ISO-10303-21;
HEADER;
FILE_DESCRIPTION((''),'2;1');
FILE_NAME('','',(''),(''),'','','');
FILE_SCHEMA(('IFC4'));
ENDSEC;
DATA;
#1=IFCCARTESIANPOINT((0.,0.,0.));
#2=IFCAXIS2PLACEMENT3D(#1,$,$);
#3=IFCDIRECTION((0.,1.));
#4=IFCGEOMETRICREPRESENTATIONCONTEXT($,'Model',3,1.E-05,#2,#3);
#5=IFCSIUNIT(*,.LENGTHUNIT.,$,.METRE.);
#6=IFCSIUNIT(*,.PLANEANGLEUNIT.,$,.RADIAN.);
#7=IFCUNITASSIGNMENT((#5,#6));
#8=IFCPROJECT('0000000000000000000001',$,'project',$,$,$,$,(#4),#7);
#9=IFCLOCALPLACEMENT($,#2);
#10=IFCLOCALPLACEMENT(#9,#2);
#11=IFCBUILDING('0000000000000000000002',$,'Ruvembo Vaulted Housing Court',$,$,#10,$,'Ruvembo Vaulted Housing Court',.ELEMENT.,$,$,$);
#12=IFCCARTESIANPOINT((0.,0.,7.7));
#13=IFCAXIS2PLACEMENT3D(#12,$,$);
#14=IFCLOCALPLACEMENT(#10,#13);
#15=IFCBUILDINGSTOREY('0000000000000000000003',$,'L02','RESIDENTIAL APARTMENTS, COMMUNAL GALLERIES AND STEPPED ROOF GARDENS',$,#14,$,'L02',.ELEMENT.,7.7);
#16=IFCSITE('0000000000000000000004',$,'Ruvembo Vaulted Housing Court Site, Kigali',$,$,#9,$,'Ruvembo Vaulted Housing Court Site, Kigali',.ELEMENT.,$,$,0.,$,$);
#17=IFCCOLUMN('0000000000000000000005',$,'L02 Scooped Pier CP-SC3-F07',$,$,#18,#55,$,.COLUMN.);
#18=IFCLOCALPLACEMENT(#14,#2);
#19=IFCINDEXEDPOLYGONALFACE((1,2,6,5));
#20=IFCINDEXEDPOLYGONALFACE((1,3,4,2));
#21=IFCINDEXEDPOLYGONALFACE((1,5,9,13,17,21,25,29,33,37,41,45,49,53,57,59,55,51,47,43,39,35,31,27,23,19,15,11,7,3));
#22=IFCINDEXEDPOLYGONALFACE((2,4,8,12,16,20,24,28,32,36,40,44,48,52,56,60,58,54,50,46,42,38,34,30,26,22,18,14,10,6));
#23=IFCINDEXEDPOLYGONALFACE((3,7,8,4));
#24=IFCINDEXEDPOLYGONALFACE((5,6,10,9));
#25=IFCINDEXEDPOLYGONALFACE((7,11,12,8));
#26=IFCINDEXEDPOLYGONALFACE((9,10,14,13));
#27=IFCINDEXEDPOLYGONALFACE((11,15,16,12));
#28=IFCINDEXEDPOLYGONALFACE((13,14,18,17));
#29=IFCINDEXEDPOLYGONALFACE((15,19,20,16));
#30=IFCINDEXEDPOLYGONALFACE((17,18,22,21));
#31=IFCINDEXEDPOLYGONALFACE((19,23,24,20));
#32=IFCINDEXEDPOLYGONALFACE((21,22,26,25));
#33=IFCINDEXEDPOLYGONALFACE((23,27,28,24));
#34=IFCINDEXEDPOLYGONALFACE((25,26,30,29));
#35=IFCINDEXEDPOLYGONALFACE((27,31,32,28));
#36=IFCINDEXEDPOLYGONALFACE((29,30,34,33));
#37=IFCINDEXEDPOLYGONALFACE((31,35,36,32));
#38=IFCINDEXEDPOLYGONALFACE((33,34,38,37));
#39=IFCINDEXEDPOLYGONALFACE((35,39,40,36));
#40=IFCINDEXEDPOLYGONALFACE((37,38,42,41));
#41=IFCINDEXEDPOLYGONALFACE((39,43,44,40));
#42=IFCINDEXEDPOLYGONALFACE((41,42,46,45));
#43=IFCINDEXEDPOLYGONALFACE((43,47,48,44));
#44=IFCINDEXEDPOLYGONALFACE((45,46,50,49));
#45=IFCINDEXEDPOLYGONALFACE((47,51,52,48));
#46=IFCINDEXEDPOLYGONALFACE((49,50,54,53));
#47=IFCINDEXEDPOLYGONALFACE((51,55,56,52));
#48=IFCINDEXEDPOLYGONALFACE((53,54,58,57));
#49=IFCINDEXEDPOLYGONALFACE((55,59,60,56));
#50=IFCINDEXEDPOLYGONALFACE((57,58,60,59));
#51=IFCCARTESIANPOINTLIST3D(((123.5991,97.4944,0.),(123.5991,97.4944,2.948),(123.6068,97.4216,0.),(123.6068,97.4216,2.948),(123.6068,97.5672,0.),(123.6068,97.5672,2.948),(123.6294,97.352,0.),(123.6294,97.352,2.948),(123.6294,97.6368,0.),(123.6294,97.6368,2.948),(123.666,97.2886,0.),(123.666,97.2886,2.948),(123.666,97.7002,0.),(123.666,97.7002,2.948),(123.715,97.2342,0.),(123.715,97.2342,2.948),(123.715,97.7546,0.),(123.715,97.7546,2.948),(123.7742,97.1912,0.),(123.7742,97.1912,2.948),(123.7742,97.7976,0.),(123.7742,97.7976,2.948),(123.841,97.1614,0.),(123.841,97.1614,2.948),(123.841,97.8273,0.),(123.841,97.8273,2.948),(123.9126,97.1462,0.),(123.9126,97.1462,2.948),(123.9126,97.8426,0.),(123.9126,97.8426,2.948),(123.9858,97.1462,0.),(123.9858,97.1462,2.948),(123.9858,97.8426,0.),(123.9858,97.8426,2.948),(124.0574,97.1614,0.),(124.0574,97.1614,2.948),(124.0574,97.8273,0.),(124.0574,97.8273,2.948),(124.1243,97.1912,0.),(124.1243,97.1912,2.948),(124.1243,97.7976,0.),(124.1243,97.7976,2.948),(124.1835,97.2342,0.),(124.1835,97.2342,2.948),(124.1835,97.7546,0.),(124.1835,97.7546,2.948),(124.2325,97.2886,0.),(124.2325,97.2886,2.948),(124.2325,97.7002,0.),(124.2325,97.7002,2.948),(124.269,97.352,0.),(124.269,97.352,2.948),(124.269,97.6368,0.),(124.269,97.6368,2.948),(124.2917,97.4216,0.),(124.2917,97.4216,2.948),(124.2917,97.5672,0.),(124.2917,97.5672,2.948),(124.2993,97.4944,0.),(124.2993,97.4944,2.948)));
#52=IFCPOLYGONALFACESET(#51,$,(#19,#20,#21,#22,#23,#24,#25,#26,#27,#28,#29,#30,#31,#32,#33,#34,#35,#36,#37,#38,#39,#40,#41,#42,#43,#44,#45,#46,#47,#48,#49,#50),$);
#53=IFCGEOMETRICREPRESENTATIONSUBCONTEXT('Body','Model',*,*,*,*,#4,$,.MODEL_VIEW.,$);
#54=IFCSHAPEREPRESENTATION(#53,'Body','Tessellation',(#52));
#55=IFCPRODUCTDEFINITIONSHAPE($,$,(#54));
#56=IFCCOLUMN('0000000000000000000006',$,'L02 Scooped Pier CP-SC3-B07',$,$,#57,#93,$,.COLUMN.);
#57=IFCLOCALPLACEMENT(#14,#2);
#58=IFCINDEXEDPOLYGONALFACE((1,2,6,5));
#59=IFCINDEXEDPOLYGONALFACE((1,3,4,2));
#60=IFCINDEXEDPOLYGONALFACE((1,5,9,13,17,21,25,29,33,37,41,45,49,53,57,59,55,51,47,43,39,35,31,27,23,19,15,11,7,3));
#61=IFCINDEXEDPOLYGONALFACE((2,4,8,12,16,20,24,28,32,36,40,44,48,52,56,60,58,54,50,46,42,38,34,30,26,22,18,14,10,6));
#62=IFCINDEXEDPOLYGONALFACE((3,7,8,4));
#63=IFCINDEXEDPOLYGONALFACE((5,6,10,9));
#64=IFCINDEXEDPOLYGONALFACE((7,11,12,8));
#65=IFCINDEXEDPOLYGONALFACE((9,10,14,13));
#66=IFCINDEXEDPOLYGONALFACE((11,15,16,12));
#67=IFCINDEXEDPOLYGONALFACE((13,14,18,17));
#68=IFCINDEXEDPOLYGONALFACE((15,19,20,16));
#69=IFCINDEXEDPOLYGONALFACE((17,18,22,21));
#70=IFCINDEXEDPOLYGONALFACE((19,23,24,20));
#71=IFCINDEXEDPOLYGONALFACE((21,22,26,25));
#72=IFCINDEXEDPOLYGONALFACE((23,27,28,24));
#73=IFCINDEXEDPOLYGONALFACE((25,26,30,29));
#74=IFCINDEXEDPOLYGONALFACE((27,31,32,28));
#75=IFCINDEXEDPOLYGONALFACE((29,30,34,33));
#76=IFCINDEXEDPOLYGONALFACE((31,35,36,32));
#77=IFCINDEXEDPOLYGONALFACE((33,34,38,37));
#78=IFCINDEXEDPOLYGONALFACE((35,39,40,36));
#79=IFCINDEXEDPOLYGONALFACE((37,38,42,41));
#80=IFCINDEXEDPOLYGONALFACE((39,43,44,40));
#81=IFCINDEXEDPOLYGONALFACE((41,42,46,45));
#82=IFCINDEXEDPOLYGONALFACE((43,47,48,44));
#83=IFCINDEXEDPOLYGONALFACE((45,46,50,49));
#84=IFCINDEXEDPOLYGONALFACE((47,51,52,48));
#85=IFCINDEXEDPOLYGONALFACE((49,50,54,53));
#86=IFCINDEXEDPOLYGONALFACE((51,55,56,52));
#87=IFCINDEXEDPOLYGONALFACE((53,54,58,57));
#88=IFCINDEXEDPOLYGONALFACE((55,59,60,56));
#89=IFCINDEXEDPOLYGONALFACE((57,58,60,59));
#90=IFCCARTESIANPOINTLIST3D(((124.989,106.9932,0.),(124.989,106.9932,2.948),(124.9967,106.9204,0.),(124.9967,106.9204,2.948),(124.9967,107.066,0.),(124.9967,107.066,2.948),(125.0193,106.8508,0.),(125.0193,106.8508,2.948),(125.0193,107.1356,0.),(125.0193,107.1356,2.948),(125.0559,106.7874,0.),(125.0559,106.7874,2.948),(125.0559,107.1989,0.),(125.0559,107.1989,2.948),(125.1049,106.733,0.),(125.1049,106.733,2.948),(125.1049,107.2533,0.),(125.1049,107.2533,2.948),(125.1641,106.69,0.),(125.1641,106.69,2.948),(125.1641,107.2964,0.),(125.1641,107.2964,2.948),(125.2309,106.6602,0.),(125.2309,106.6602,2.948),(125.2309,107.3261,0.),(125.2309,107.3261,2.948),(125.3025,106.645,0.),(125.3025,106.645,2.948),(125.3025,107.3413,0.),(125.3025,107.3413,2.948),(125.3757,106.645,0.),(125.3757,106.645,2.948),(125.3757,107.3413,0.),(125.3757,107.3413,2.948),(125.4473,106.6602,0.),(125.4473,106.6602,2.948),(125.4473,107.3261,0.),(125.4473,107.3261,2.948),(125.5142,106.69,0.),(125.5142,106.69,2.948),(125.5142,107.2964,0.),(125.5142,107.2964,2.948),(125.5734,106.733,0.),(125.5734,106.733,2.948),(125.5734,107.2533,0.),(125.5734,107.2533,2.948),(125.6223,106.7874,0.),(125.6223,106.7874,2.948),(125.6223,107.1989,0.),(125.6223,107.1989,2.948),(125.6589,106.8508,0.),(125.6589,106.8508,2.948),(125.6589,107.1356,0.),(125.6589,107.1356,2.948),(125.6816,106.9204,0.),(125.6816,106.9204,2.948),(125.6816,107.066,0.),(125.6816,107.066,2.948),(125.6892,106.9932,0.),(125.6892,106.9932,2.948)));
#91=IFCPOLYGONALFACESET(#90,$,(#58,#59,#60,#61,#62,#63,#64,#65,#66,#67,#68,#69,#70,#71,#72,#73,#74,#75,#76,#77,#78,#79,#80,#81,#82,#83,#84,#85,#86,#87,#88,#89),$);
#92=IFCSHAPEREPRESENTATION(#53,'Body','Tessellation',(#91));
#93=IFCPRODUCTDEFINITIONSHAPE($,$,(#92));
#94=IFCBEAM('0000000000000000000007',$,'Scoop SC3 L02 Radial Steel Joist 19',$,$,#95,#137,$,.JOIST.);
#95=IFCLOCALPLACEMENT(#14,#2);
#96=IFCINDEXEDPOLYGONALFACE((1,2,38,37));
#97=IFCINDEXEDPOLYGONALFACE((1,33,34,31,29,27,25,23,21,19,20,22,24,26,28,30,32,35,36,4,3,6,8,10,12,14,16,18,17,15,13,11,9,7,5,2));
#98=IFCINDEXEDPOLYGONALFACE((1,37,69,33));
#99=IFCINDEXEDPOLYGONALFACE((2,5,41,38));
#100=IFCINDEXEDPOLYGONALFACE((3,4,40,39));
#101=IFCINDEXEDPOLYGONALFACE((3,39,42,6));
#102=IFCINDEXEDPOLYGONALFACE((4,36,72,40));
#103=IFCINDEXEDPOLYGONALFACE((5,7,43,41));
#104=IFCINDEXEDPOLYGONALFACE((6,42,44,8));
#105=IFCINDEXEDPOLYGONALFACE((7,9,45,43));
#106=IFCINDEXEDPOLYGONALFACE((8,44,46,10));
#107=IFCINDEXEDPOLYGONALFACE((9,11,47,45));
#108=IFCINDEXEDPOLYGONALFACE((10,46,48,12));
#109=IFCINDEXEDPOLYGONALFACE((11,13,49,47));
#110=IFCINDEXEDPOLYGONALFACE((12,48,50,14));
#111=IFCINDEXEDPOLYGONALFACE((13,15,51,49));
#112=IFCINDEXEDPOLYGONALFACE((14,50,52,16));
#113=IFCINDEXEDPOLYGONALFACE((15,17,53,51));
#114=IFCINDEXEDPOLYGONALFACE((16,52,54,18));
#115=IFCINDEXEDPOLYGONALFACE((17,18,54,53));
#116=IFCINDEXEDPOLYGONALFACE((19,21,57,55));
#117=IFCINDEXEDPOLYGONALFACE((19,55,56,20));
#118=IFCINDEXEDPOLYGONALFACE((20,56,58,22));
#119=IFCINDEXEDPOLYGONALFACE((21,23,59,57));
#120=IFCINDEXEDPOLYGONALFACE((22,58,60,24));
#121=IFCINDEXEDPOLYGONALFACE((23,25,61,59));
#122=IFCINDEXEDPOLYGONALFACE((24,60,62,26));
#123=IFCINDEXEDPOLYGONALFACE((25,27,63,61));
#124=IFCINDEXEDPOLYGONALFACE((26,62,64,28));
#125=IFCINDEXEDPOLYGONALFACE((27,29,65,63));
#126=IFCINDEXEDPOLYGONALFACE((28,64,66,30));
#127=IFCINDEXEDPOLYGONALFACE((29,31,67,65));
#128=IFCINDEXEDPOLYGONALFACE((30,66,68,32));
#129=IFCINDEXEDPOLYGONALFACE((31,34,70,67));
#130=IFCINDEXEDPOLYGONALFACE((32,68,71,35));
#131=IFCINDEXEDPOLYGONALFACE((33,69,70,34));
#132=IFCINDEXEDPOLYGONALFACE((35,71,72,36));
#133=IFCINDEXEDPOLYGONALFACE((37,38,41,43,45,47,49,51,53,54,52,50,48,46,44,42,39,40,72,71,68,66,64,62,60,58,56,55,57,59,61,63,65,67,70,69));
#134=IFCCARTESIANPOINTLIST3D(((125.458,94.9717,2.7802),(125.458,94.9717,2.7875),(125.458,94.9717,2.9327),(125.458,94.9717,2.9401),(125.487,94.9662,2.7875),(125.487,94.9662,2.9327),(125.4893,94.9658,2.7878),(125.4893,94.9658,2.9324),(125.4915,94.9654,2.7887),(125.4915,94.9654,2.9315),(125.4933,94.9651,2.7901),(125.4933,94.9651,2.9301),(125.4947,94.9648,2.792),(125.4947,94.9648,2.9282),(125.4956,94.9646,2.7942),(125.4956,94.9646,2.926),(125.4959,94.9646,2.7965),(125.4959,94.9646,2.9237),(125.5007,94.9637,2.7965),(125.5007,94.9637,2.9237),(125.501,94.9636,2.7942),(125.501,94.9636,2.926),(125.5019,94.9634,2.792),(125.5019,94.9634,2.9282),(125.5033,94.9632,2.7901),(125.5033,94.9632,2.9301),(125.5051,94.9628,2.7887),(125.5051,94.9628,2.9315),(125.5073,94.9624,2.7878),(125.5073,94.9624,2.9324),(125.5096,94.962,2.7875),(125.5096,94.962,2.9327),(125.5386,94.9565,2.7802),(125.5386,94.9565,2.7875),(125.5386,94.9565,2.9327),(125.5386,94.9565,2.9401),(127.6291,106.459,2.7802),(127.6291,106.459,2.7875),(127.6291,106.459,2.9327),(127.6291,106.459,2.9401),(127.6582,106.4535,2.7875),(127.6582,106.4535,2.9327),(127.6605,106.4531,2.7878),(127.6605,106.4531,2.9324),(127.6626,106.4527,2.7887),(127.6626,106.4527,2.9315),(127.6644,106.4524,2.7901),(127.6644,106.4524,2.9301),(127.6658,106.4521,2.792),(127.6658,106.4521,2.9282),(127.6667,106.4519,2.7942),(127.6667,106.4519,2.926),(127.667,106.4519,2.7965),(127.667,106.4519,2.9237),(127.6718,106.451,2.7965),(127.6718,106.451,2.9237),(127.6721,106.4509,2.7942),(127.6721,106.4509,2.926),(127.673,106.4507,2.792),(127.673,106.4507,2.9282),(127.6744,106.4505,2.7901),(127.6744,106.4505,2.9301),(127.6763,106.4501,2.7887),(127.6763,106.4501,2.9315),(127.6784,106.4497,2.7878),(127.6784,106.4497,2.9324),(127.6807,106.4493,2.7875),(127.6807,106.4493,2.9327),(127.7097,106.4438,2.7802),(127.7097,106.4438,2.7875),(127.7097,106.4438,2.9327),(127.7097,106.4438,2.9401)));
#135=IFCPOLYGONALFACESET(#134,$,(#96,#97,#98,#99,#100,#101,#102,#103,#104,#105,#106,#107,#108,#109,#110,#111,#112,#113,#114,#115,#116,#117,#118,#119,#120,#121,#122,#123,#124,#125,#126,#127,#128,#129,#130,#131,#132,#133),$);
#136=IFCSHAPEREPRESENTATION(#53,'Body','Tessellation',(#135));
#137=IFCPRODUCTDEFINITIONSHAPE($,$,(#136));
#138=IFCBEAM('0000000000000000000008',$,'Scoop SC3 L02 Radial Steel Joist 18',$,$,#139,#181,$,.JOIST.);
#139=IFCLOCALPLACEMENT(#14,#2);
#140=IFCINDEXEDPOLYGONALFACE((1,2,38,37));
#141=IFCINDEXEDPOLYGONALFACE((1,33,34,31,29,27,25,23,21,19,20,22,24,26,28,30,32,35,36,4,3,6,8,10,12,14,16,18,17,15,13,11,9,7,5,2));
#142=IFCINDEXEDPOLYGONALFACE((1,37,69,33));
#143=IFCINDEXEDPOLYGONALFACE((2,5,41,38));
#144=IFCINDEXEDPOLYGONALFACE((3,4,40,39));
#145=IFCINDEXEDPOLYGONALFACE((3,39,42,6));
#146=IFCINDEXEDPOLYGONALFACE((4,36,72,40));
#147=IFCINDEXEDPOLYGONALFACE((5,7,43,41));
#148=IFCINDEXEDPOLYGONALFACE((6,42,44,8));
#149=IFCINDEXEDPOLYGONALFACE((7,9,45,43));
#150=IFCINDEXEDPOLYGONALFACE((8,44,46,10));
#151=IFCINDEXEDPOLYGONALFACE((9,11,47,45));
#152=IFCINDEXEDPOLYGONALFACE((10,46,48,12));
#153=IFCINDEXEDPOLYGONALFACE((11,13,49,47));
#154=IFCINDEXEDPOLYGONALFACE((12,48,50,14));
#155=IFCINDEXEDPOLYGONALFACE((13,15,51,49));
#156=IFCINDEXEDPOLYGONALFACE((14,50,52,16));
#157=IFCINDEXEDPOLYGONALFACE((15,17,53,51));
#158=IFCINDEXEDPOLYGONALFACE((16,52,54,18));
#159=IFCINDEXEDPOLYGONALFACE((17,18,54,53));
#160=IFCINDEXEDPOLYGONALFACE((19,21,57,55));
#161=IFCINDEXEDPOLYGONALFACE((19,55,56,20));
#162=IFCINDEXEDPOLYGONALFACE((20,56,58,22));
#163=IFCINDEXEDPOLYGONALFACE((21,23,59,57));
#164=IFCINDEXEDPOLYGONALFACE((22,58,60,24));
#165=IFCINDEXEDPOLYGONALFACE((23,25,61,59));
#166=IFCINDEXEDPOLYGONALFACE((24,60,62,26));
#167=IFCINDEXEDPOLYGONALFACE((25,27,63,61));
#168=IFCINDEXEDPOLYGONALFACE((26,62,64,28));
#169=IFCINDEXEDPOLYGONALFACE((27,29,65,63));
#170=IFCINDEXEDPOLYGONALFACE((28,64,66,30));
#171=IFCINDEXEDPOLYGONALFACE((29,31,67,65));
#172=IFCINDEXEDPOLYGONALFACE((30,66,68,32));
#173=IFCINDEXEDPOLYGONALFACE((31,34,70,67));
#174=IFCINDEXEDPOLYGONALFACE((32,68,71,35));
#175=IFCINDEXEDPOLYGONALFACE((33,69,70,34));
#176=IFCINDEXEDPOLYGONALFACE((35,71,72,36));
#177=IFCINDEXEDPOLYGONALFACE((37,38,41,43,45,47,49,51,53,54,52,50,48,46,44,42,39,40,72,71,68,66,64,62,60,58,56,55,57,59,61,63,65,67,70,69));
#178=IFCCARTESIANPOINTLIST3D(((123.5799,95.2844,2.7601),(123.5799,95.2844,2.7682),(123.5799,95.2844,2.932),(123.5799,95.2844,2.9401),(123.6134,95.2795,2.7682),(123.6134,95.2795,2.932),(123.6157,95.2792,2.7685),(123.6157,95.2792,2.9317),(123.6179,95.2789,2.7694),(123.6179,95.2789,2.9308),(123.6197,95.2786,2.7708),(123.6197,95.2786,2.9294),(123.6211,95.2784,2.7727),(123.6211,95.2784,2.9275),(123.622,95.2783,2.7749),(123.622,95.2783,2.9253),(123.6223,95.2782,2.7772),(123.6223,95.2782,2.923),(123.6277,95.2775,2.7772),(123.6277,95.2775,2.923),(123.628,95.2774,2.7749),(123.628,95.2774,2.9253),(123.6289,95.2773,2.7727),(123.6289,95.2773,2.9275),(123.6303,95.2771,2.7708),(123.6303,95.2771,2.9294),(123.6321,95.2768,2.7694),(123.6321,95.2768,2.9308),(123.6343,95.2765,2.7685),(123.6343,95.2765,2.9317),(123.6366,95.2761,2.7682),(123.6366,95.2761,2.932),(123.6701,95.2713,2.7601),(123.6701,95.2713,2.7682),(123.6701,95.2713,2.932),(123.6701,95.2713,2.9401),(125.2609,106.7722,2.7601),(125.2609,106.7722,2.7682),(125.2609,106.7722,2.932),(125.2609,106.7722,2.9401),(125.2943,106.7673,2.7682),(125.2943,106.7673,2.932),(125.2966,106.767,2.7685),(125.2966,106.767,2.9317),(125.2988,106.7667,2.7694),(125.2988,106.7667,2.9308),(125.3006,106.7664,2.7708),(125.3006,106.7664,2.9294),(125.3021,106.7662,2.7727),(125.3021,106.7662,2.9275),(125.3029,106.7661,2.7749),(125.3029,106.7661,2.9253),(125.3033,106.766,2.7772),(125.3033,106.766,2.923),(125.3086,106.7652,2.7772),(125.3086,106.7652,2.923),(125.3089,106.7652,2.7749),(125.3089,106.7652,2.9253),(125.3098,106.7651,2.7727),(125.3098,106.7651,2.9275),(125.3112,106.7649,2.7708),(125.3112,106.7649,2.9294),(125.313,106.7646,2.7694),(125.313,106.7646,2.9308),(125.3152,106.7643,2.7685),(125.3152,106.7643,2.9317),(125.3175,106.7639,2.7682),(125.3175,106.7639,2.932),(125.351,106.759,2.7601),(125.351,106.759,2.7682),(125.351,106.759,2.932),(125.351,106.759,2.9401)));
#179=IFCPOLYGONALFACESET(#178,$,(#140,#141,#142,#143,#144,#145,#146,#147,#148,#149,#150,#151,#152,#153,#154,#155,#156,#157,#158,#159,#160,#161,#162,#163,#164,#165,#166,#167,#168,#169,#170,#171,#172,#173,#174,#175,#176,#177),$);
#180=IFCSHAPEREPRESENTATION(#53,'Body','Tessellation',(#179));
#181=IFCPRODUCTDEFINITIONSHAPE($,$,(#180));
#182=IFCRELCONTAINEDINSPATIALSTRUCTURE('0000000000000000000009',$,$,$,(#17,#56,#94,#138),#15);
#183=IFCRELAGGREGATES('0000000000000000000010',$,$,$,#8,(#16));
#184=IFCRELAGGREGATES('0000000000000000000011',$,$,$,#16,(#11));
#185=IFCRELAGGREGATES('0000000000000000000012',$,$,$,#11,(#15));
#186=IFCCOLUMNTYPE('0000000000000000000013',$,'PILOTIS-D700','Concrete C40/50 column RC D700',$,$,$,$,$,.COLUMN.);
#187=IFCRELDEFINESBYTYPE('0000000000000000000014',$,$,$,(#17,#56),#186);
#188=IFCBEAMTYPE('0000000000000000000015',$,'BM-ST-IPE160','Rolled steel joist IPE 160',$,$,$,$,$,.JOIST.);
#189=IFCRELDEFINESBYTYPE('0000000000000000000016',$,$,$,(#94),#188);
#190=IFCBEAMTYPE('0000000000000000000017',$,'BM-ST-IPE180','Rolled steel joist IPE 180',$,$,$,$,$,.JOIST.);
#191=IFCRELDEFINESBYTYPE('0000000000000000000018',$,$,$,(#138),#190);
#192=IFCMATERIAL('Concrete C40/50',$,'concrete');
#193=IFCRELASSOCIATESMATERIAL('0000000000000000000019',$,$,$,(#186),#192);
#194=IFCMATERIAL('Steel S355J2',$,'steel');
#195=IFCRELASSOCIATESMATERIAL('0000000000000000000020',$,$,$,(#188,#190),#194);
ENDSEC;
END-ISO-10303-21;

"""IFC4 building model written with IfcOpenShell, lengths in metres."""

from ifc_helpers import new_model, si_unit, direction, frame, origin, origin_2d, place, context, subcontext, project, spatial, circle, i_section, extrude, material, material_profile, profile_set, type_object, element, save


model = new_model("IFC4")

# Units and contexts
model_context = context("Model", 3, precision=1e-05, world=origin(), true_north=direction((0.0, 1.0)))
body_context = subcontext(model_context, "Body", "Model", "MODEL_VIEW")
ifc_project = project(units=[si_unit("LENGTHUNIT", "METRE"), si_unit("PLANEANGLEUNIT", "RADIAN")], contexts=[model_context])

# Site, building, storey
site_placement = place(None, origin())
site = spatial("IfcSite", under=ifc_project, at=site_placement, Name="Ruvembo Vaulted Housing Court Site, Kigali", LongName="Ruvembo Vaulted Housing Court Site, Kigali", CompositionType="ELEMENT", RefElevation=0.0)
building_placement = place(site_placement, origin())
building = spatial("IfcBuilding", under=site, at=building_placement, Name="Ruvembo Vaulted Housing Court", LongName="Ruvembo Vaulted Housing Court", CompositionType="ELEMENT")
storey_placement = place(building_placement, frame((0.0, 0.0, 7.7)))
storey = spatial("IfcBuildingStorey", under=building, at=storey_placement, Name="L02", Description="RESIDENTIAL APARTMENTS, COMMUNAL GALLERIES AND STEPPED ROOF GARDENS", LongName="L02", CompositionType="ELEMENT", Elevation=7.7)

# Columns
ifc_material_1 = material(Name="Concrete C40/50", Category="concrete")
ifc_material_profile_1 = material_profile(ifc_material_1, circle(Radius=0.3501, at=origin_2d()), Name="RC D700")
ifc_profile_set_1 = profile_set([ifc_material_profile_1], Name="Concrete C40/50")
column_type = type_object("IfcColumnType", Name="PILOTIS-D700", Description="Concrete C40/50 column RC D700", PredefinedType="COLUMN", material=ifc_profile_set_1)
for number, where, z_axis, x_axis, name in (
    (1, (123.9492, 97.4944, 0.0), (0.0, 0.0, 1.0), (1.0, 0.0, 0.0), "L02 Scooped Pier CP-SC3-F07"),
    (2, (125.3391, 106.9932, 0.0), (0.0, 0.0, 1.0), (1.0, 0.0, 0.0), "L02 Scooped Pier CP-SC3-B07"),
):
    element("IfcColumn", number, at=place(storey_placement, frame(where, z_axis=z_axis, x_axis=x_axis)), inside=storey, type_object=column_type, Name=name, PredefinedType="COLUMN", context=body_context, shape_type="SweptSolid", body=[
        extrude(circle(Radius=0.3501, at=origin_2d()), origin(), (0.0, 0.0, 1.0), 2.948),
    ])

# Beams
ifc_material_2 = material(Name="Steel S355J2", Category="steel")
ifc_material_profile_2 = material_profile(ifc_material_2, i_section(OverallWidth=0.082, OverallDepth=0.1599, WebThickness=0.0049, FlangeThickness=0.0073, FilletRadius=0.009, at=origin_2d()), Name="IPE 160")
ifc_profile_set_2 = profile_set([ifc_material_profile_2], Name="Steel S355J2")
beam_type_1 = type_object("IfcBeamType", Name="BM-ST-IPE160", Description="Rolled steel joist IPE 160", PredefinedType="JOIST", material=ifc_profile_set_2)
beam_1_placement = place(storey_placement, frame((127.6694, 106.4514, 2.8601), z_axis=(-0.185716, -0.982604, 0.0), x_axis=(0.982604, -0.185716, 0.0)))
element("IfcBeam", 3, at=beam_1_placement, inside=storey, type_object=beam_type_1, Name="Scoop SC3 L02 Radial Steel Joist 19", PredefinedType="JOIST", context=body_context, shape_type="SweptSolid", body=[
    extrude(i_section(OverallWidth=0.082, OverallDepth=0.1599, WebThickness=0.0049, FlangeThickness=0.0073, FilletRadius=0.009, at=origin_2d()), origin(), (0.0, 0.0, 1.0), 11.6907),
])
ifc_material_profile_3 = material_profile(ifc_material_2, i_section(OverallWidth=0.0911, OverallDepth=0.1799, WebThickness=0.0054, FlangeThickness=0.0081, FilletRadius=0.009, at=origin_2d()), Name="IPE 180")
ifc_profile_set_3 = profile_set([ifc_material_profile_3], Name="Steel S355J2")
beam_type_2 = type_object("IfcBeamType", Name="BM-ST-IPE180", Description="Rolled steel joist IPE 180", PredefinedType="JOIST", material=ifc_profile_set_3)
beam_2_placement = place(storey_placement, frame((125.3059, 106.7656, 2.8501), z_axis=(-0.14478, -0.989464, 0.0), x_axis=(0.989464, -0.14478, 0.0)))
element("IfcBeam", 4, at=beam_2_placement, inside=storey, type_object=beam_type_2, Name="Scoop SC3 L02 Radial Steel Joist 18", PredefinedType="JOIST", context=body_context, shape_type="SweptSolid", body=[
    extrude(i_section(OverallWidth=0.0911, OverallDepth=0.1799, WebThickness=0.0054, FlangeThickness=0.0081, FilletRadius=0.009, at=origin_2d()), origin(), (0.0, 0.0, 1.0), 11.6101),
])

save(model, "model.ifc")
